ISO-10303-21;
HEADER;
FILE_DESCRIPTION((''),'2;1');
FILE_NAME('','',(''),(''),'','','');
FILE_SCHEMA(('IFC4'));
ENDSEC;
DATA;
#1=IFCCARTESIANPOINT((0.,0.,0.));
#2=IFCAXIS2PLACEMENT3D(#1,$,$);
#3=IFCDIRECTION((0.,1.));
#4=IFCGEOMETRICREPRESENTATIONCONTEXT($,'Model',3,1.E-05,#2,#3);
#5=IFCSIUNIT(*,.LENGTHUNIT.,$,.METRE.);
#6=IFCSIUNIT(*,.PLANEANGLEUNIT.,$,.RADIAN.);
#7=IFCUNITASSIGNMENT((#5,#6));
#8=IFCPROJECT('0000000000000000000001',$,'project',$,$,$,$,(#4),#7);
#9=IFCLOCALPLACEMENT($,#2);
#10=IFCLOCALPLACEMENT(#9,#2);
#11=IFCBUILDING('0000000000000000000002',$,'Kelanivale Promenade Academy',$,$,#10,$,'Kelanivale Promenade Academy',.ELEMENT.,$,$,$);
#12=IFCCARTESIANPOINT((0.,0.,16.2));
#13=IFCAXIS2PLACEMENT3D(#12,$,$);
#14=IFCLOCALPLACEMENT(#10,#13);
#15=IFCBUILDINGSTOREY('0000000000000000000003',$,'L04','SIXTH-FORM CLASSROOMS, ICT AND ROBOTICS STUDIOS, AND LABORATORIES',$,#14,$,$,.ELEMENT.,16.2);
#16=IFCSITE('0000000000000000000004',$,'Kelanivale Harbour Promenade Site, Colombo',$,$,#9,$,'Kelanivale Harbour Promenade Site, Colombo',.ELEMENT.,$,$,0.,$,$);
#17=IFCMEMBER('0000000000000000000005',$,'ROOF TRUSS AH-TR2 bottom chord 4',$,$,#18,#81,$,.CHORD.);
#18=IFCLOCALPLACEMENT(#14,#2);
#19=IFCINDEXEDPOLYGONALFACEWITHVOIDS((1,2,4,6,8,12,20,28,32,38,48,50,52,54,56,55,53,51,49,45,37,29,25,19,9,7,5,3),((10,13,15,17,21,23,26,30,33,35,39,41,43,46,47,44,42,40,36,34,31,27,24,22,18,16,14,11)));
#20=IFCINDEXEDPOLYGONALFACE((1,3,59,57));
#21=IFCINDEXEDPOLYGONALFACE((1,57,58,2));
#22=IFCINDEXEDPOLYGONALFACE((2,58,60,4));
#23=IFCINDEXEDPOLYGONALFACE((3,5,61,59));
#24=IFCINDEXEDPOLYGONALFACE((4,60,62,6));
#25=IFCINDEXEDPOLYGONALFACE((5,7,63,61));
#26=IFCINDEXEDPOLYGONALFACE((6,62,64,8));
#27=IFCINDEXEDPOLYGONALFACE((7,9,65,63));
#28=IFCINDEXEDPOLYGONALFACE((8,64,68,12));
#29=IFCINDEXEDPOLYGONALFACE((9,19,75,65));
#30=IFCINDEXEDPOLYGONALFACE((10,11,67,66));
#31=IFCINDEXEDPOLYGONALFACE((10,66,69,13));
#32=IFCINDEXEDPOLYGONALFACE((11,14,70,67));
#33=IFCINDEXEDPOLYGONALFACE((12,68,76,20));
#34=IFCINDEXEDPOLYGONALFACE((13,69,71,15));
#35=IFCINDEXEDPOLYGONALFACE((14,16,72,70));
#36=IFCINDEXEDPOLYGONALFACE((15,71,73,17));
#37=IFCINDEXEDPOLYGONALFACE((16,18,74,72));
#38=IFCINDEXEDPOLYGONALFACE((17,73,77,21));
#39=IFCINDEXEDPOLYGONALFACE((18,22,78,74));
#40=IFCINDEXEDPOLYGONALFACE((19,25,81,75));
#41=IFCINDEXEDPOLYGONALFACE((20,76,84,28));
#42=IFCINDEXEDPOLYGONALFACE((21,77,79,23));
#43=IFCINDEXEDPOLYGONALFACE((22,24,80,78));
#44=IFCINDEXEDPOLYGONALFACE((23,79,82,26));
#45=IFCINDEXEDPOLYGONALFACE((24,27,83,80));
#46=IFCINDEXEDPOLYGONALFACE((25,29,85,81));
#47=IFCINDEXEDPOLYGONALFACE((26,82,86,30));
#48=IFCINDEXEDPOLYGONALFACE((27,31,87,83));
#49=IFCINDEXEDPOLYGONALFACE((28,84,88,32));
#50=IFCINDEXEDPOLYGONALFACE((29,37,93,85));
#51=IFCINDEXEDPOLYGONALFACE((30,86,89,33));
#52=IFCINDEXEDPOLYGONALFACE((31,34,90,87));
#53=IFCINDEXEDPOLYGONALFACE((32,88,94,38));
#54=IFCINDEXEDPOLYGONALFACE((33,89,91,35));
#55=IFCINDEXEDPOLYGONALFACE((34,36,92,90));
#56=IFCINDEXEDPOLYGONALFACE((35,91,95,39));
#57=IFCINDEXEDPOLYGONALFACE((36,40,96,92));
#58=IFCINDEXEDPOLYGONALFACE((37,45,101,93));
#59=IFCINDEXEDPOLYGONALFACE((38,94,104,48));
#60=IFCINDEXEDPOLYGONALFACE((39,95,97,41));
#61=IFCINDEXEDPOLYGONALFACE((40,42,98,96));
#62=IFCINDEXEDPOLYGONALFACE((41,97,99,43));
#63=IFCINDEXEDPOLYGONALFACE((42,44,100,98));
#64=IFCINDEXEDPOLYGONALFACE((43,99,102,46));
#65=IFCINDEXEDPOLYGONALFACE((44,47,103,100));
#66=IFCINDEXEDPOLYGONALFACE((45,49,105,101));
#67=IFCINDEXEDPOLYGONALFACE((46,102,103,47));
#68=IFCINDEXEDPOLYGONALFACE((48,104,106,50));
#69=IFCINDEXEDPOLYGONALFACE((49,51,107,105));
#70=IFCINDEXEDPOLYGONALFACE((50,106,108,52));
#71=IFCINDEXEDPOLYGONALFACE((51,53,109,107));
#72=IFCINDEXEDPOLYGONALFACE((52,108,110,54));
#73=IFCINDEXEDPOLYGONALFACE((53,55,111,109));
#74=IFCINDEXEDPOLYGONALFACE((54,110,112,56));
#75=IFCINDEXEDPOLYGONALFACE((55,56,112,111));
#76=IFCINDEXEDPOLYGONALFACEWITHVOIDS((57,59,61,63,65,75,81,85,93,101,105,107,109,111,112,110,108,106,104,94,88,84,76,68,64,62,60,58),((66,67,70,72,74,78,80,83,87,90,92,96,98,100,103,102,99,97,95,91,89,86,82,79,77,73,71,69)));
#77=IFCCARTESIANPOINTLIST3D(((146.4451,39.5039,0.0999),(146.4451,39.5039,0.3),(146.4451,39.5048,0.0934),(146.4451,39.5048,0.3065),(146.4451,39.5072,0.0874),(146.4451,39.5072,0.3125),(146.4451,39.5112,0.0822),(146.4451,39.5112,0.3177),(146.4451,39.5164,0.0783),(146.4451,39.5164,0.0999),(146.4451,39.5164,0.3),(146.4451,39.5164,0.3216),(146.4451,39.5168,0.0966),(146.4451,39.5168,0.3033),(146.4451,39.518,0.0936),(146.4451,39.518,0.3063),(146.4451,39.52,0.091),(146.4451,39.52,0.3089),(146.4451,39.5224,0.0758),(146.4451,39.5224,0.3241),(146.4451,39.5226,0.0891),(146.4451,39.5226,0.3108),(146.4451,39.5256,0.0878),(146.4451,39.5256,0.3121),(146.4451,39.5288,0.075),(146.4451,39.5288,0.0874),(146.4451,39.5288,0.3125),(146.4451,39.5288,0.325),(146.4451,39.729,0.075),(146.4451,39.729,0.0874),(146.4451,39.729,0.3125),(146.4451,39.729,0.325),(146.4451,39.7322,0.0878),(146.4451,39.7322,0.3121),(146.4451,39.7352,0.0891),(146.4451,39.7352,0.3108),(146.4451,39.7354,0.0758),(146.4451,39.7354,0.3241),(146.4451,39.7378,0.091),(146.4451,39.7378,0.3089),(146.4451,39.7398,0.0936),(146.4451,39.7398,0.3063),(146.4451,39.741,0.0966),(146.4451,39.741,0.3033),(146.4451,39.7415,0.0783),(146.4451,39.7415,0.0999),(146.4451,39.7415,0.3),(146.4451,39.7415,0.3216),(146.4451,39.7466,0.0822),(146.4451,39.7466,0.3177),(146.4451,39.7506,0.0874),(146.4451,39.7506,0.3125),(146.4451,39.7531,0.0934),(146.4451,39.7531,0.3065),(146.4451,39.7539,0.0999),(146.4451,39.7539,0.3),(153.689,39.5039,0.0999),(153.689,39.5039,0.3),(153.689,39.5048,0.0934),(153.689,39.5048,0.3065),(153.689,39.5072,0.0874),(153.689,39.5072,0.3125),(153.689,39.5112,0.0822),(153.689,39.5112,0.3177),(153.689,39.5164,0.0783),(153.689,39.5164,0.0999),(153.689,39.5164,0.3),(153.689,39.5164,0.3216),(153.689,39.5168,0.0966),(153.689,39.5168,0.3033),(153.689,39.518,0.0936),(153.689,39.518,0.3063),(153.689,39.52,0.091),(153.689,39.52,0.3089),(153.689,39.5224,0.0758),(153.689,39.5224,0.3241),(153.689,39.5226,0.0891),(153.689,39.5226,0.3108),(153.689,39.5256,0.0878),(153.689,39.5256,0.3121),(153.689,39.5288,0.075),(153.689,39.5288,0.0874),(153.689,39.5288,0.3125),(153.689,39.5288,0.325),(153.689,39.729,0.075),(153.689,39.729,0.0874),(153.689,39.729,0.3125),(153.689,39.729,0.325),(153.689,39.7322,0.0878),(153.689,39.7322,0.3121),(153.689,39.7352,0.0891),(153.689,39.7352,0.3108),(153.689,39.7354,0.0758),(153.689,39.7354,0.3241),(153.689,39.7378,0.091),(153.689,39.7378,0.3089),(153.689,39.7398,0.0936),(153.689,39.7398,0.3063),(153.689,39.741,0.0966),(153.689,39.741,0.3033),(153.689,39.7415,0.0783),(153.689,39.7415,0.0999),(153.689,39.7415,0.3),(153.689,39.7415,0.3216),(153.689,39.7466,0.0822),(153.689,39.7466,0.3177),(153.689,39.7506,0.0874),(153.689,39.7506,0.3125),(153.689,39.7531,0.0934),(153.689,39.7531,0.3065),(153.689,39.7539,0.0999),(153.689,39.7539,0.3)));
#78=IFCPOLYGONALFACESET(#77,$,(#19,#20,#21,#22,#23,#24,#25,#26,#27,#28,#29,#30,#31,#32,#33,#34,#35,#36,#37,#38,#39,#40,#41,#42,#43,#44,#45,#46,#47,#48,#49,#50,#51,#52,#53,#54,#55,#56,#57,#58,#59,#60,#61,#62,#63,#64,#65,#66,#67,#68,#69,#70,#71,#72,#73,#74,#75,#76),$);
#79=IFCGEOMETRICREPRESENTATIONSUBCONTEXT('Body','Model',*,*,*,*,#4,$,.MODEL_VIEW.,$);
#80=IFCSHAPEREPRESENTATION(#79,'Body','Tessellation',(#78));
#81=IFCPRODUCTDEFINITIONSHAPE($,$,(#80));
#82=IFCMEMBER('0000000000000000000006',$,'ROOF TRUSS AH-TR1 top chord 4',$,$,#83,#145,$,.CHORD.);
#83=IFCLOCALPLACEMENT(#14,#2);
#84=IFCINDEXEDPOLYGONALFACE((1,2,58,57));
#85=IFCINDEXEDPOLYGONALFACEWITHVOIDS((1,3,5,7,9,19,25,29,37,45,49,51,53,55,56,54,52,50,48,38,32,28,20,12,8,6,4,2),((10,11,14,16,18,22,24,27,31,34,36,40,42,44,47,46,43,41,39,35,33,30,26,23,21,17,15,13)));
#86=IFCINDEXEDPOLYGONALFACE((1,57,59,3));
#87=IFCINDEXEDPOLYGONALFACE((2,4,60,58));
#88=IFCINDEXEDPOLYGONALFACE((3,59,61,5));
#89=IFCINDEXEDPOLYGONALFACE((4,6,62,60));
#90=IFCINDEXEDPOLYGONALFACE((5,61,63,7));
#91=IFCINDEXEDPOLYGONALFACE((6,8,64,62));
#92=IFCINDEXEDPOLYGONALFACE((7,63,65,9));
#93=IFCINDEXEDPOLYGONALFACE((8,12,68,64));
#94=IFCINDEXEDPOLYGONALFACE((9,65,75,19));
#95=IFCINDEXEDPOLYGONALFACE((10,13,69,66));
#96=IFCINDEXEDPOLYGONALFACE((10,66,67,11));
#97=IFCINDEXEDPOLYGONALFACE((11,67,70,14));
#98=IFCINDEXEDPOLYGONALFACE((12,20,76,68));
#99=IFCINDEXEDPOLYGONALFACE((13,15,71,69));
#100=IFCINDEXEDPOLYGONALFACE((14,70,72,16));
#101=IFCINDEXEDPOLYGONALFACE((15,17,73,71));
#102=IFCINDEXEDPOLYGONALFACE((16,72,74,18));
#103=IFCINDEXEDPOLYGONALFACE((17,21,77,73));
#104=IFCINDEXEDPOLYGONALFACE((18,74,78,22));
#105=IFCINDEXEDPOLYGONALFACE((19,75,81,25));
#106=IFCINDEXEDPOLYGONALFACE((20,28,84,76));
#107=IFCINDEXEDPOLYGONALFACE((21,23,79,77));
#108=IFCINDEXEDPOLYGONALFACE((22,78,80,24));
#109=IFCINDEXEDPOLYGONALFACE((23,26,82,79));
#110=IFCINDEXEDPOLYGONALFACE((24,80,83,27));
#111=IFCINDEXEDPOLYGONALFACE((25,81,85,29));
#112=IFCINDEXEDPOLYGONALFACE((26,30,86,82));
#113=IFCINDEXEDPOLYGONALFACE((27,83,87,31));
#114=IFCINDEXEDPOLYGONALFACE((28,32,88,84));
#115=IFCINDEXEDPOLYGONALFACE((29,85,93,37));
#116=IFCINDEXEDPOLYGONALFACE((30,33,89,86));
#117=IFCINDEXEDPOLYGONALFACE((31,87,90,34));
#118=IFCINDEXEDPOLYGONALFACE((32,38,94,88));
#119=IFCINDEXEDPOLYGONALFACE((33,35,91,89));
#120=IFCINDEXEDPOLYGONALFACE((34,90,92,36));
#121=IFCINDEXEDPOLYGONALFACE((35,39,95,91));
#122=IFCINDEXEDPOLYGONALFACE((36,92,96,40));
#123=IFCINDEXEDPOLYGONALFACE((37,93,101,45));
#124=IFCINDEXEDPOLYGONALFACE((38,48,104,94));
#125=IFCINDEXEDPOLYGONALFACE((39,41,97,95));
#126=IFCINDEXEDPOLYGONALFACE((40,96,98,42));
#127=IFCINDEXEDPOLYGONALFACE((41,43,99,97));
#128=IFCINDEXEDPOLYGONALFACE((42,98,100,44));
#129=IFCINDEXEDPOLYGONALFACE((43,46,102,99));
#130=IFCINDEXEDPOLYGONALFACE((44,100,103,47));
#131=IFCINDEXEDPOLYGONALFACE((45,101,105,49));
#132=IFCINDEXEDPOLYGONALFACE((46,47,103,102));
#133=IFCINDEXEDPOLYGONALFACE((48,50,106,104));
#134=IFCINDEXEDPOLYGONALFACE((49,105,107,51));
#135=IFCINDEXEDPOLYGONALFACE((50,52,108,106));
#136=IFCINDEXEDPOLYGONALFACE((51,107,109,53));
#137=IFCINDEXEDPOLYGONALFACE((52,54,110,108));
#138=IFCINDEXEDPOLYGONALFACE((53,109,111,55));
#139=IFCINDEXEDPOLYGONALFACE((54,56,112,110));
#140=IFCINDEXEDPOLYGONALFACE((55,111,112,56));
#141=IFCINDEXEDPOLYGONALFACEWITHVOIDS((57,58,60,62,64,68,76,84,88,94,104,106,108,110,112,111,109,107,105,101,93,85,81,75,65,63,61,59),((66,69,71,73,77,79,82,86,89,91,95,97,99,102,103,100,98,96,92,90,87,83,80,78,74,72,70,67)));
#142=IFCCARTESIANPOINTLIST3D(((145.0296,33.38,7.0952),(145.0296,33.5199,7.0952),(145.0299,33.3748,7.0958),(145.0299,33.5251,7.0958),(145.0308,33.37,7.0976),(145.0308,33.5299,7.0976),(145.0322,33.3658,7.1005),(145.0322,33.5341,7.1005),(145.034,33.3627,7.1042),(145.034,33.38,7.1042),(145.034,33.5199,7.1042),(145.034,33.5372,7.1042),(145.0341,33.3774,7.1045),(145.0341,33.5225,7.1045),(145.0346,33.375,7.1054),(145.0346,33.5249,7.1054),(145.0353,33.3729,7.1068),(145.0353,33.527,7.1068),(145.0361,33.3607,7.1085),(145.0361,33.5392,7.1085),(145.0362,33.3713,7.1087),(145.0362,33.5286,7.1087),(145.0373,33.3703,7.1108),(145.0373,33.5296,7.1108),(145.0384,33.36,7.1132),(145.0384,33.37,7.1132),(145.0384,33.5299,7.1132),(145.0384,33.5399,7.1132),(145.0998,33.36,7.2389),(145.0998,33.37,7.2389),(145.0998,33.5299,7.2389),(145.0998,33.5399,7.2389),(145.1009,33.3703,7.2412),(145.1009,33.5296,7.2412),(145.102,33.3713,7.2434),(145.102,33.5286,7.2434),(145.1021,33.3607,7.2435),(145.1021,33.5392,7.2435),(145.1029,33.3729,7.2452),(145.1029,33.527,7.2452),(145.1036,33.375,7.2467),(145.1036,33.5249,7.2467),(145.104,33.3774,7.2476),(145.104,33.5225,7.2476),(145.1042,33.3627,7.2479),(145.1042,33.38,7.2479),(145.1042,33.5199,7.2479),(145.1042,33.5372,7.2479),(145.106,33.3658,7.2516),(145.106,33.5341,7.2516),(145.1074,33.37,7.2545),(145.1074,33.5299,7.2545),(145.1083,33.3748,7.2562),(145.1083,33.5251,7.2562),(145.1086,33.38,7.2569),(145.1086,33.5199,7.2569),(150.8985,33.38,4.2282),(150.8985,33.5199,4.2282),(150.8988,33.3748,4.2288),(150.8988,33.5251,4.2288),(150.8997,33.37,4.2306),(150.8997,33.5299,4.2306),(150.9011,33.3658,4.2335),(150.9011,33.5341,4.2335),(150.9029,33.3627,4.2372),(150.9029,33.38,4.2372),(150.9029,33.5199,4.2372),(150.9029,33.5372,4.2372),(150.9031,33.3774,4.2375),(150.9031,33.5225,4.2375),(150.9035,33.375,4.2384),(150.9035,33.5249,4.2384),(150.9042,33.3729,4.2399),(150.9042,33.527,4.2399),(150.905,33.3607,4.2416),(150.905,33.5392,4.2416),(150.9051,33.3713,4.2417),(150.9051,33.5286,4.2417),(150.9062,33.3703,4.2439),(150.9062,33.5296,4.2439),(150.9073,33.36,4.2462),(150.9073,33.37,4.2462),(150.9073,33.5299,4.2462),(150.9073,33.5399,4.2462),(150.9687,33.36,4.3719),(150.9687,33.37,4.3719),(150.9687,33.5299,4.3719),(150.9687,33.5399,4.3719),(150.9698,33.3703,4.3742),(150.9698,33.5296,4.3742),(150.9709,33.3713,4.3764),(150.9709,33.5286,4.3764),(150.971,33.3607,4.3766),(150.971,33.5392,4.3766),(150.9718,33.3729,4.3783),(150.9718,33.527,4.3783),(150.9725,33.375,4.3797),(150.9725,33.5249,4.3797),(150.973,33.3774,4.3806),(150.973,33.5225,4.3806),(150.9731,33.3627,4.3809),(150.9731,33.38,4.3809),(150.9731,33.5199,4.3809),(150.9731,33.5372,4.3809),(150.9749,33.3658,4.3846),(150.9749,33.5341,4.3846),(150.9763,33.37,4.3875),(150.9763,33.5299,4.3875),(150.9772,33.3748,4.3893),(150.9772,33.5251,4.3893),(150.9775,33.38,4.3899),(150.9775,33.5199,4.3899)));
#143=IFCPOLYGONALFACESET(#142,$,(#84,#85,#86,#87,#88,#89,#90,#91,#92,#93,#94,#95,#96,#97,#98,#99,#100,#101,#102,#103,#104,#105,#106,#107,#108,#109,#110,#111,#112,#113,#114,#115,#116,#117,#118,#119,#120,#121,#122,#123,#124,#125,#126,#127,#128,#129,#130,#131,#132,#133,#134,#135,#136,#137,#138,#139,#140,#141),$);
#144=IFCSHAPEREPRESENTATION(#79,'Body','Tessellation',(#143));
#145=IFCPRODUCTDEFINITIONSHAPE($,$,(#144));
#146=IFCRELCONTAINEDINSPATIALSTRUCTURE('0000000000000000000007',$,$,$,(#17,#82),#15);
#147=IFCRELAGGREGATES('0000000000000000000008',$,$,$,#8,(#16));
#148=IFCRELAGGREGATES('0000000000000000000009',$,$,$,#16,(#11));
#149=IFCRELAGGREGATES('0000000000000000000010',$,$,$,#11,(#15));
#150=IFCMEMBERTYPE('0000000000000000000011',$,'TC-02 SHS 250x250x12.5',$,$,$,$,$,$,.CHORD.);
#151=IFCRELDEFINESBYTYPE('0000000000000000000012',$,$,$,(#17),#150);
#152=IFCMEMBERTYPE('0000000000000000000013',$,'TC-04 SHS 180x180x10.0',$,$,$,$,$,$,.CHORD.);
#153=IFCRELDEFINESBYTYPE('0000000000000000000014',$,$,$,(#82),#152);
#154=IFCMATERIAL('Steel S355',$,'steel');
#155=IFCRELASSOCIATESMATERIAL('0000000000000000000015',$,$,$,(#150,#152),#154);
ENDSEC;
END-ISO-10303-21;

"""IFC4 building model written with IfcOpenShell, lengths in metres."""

from ifc_helpers import new_model, si_unit, direction, frame, origin, origin_2d, place, context, subcontext, project, spatial, hollow_rectangle, extrude, material, material_profile, profile_set, type_object, element, save


model = new_model("IFC4")

# Units and contexts
model_context = context("Model", 3, precision=1e-05, world=origin(), true_north=direction((0.0, 1.0)))
body_context = subcontext(model_context, "Body", "Model", "MODEL_VIEW")
ifc_project = project(units=[si_unit("LENGTHUNIT", "METRE"), si_unit("PLANEANGLEUNIT", "RADIAN")], contexts=[model_context])

# Site, building, storey
site_placement = place(None, origin())
site = spatial("IfcSite", under=ifc_project, at=site_placement, Name="Kelanivale Harbour Promenade Site, Colombo", LongName="Kelanivale Harbour Promenade Site, Colombo", CompositionType="ELEMENT", RefElevation=0.0)
building_placement = place(site_placement, origin())
building = spatial("IfcBuilding", under=site, at=building_placement, Name="Kelanivale Promenade Academy", LongName="Kelanivale Promenade Academy", CompositionType="ELEMENT")
storey_placement = place(building_placement, frame((0.0, 0.0, 16.2)))
storey = spatial("IfcBuildingStorey", under=building, at=storey_placement, Name="L04", Description="SIXTH-FORM CLASSROOMS, ICT AND ROBOTICS STUDIOS, AND LABORATORIES", CompositionType="ELEMENT", Elevation=16.2)

# Members
ifc_material_1 = material(Name="Steel S355", Category="steel")
ifc_material_profile_1 = material_profile(ifc_material_1, hollow_rectangle(XDim=0.25, YDim=0.25, WallThickness=0.0125, InnerFilletRadius=0.0125, OuterFilletRadius=0.0249, at=origin_2d()), Name="SHS 250x250x12.5")
ifc_profile_set_1 = profile_set([ifc_material_profile_1], Name="Steel S355")
member_type_1 = type_object("IfcMemberType", Name="TC-02 SHS 250x250x12.5", PredefinedType="CHORD", material=ifc_profile_set_1)
member_1_placement = place(storey_placement, frame((146.4451, 39.6289, 0.2), z_axis=(1.0, 0.0, 0.0), x_axis=(0.0, 1.0, 0.0)))
element("IfcMember", 1, at=member_1_placement, inside=storey, type_object=member_type_1, Name="ROOF TRUSS AH-TR2 bottom chord 4", PredefinedType="CHORD", context=body_context, shape_type="SweptSolid", body=[
    extrude(hollow_rectangle(XDim=0.25, YDim=0.25, WallThickness=0.0125, InnerFilletRadius=0.0125, OuterFilletRadius=0.0249, at=origin_2d()), origin(), (0.0, 0.0, 1.0), 7.2439),
])
ifc_material_profile_2 = material_profile(ifc_material_1, hollow_rectangle(XDim=0.1799, YDim=0.1799, WallThickness=0.01, InnerFilletRadius=0.01, OuterFilletRadius=0.02, at=origin_2d()), Name="SHS 180x180x10.0")
ifc_profile_set_2 = profile_set([ifc_material_profile_2], Name="Steel S355")
member_type_2 = type_object("IfcMemberType", Name="TC-04 SHS 180x180x10.0", PredefinedType="CHORD", material=ifc_profile_set_2)
member_2_placement = place(storey_placement, frame((145.0691, 33.45, 7.176), z_axis=(0.898523, 0.0, -0.438927), x_axis=(0.0, 1.0, 0.0)))
element("IfcMember", 2, at=member_2_placement, inside=storey, type_object=member_type_2, Name="ROOF TRUSS AH-TR1 top chord 4", PredefinedType="CHORD", context=body_context, shape_type="SweptSolid", body=[
    extrude(hollow_rectangle(XDim=0.1799, YDim=0.1799, WallThickness=0.01, InnerFilletRadius=0.01, OuterFilletRadius=0.02, at=origin_2d()), origin(), (0.0, 0.0, 1.0), 6.5317),
])

save(model, "model.ifc")
